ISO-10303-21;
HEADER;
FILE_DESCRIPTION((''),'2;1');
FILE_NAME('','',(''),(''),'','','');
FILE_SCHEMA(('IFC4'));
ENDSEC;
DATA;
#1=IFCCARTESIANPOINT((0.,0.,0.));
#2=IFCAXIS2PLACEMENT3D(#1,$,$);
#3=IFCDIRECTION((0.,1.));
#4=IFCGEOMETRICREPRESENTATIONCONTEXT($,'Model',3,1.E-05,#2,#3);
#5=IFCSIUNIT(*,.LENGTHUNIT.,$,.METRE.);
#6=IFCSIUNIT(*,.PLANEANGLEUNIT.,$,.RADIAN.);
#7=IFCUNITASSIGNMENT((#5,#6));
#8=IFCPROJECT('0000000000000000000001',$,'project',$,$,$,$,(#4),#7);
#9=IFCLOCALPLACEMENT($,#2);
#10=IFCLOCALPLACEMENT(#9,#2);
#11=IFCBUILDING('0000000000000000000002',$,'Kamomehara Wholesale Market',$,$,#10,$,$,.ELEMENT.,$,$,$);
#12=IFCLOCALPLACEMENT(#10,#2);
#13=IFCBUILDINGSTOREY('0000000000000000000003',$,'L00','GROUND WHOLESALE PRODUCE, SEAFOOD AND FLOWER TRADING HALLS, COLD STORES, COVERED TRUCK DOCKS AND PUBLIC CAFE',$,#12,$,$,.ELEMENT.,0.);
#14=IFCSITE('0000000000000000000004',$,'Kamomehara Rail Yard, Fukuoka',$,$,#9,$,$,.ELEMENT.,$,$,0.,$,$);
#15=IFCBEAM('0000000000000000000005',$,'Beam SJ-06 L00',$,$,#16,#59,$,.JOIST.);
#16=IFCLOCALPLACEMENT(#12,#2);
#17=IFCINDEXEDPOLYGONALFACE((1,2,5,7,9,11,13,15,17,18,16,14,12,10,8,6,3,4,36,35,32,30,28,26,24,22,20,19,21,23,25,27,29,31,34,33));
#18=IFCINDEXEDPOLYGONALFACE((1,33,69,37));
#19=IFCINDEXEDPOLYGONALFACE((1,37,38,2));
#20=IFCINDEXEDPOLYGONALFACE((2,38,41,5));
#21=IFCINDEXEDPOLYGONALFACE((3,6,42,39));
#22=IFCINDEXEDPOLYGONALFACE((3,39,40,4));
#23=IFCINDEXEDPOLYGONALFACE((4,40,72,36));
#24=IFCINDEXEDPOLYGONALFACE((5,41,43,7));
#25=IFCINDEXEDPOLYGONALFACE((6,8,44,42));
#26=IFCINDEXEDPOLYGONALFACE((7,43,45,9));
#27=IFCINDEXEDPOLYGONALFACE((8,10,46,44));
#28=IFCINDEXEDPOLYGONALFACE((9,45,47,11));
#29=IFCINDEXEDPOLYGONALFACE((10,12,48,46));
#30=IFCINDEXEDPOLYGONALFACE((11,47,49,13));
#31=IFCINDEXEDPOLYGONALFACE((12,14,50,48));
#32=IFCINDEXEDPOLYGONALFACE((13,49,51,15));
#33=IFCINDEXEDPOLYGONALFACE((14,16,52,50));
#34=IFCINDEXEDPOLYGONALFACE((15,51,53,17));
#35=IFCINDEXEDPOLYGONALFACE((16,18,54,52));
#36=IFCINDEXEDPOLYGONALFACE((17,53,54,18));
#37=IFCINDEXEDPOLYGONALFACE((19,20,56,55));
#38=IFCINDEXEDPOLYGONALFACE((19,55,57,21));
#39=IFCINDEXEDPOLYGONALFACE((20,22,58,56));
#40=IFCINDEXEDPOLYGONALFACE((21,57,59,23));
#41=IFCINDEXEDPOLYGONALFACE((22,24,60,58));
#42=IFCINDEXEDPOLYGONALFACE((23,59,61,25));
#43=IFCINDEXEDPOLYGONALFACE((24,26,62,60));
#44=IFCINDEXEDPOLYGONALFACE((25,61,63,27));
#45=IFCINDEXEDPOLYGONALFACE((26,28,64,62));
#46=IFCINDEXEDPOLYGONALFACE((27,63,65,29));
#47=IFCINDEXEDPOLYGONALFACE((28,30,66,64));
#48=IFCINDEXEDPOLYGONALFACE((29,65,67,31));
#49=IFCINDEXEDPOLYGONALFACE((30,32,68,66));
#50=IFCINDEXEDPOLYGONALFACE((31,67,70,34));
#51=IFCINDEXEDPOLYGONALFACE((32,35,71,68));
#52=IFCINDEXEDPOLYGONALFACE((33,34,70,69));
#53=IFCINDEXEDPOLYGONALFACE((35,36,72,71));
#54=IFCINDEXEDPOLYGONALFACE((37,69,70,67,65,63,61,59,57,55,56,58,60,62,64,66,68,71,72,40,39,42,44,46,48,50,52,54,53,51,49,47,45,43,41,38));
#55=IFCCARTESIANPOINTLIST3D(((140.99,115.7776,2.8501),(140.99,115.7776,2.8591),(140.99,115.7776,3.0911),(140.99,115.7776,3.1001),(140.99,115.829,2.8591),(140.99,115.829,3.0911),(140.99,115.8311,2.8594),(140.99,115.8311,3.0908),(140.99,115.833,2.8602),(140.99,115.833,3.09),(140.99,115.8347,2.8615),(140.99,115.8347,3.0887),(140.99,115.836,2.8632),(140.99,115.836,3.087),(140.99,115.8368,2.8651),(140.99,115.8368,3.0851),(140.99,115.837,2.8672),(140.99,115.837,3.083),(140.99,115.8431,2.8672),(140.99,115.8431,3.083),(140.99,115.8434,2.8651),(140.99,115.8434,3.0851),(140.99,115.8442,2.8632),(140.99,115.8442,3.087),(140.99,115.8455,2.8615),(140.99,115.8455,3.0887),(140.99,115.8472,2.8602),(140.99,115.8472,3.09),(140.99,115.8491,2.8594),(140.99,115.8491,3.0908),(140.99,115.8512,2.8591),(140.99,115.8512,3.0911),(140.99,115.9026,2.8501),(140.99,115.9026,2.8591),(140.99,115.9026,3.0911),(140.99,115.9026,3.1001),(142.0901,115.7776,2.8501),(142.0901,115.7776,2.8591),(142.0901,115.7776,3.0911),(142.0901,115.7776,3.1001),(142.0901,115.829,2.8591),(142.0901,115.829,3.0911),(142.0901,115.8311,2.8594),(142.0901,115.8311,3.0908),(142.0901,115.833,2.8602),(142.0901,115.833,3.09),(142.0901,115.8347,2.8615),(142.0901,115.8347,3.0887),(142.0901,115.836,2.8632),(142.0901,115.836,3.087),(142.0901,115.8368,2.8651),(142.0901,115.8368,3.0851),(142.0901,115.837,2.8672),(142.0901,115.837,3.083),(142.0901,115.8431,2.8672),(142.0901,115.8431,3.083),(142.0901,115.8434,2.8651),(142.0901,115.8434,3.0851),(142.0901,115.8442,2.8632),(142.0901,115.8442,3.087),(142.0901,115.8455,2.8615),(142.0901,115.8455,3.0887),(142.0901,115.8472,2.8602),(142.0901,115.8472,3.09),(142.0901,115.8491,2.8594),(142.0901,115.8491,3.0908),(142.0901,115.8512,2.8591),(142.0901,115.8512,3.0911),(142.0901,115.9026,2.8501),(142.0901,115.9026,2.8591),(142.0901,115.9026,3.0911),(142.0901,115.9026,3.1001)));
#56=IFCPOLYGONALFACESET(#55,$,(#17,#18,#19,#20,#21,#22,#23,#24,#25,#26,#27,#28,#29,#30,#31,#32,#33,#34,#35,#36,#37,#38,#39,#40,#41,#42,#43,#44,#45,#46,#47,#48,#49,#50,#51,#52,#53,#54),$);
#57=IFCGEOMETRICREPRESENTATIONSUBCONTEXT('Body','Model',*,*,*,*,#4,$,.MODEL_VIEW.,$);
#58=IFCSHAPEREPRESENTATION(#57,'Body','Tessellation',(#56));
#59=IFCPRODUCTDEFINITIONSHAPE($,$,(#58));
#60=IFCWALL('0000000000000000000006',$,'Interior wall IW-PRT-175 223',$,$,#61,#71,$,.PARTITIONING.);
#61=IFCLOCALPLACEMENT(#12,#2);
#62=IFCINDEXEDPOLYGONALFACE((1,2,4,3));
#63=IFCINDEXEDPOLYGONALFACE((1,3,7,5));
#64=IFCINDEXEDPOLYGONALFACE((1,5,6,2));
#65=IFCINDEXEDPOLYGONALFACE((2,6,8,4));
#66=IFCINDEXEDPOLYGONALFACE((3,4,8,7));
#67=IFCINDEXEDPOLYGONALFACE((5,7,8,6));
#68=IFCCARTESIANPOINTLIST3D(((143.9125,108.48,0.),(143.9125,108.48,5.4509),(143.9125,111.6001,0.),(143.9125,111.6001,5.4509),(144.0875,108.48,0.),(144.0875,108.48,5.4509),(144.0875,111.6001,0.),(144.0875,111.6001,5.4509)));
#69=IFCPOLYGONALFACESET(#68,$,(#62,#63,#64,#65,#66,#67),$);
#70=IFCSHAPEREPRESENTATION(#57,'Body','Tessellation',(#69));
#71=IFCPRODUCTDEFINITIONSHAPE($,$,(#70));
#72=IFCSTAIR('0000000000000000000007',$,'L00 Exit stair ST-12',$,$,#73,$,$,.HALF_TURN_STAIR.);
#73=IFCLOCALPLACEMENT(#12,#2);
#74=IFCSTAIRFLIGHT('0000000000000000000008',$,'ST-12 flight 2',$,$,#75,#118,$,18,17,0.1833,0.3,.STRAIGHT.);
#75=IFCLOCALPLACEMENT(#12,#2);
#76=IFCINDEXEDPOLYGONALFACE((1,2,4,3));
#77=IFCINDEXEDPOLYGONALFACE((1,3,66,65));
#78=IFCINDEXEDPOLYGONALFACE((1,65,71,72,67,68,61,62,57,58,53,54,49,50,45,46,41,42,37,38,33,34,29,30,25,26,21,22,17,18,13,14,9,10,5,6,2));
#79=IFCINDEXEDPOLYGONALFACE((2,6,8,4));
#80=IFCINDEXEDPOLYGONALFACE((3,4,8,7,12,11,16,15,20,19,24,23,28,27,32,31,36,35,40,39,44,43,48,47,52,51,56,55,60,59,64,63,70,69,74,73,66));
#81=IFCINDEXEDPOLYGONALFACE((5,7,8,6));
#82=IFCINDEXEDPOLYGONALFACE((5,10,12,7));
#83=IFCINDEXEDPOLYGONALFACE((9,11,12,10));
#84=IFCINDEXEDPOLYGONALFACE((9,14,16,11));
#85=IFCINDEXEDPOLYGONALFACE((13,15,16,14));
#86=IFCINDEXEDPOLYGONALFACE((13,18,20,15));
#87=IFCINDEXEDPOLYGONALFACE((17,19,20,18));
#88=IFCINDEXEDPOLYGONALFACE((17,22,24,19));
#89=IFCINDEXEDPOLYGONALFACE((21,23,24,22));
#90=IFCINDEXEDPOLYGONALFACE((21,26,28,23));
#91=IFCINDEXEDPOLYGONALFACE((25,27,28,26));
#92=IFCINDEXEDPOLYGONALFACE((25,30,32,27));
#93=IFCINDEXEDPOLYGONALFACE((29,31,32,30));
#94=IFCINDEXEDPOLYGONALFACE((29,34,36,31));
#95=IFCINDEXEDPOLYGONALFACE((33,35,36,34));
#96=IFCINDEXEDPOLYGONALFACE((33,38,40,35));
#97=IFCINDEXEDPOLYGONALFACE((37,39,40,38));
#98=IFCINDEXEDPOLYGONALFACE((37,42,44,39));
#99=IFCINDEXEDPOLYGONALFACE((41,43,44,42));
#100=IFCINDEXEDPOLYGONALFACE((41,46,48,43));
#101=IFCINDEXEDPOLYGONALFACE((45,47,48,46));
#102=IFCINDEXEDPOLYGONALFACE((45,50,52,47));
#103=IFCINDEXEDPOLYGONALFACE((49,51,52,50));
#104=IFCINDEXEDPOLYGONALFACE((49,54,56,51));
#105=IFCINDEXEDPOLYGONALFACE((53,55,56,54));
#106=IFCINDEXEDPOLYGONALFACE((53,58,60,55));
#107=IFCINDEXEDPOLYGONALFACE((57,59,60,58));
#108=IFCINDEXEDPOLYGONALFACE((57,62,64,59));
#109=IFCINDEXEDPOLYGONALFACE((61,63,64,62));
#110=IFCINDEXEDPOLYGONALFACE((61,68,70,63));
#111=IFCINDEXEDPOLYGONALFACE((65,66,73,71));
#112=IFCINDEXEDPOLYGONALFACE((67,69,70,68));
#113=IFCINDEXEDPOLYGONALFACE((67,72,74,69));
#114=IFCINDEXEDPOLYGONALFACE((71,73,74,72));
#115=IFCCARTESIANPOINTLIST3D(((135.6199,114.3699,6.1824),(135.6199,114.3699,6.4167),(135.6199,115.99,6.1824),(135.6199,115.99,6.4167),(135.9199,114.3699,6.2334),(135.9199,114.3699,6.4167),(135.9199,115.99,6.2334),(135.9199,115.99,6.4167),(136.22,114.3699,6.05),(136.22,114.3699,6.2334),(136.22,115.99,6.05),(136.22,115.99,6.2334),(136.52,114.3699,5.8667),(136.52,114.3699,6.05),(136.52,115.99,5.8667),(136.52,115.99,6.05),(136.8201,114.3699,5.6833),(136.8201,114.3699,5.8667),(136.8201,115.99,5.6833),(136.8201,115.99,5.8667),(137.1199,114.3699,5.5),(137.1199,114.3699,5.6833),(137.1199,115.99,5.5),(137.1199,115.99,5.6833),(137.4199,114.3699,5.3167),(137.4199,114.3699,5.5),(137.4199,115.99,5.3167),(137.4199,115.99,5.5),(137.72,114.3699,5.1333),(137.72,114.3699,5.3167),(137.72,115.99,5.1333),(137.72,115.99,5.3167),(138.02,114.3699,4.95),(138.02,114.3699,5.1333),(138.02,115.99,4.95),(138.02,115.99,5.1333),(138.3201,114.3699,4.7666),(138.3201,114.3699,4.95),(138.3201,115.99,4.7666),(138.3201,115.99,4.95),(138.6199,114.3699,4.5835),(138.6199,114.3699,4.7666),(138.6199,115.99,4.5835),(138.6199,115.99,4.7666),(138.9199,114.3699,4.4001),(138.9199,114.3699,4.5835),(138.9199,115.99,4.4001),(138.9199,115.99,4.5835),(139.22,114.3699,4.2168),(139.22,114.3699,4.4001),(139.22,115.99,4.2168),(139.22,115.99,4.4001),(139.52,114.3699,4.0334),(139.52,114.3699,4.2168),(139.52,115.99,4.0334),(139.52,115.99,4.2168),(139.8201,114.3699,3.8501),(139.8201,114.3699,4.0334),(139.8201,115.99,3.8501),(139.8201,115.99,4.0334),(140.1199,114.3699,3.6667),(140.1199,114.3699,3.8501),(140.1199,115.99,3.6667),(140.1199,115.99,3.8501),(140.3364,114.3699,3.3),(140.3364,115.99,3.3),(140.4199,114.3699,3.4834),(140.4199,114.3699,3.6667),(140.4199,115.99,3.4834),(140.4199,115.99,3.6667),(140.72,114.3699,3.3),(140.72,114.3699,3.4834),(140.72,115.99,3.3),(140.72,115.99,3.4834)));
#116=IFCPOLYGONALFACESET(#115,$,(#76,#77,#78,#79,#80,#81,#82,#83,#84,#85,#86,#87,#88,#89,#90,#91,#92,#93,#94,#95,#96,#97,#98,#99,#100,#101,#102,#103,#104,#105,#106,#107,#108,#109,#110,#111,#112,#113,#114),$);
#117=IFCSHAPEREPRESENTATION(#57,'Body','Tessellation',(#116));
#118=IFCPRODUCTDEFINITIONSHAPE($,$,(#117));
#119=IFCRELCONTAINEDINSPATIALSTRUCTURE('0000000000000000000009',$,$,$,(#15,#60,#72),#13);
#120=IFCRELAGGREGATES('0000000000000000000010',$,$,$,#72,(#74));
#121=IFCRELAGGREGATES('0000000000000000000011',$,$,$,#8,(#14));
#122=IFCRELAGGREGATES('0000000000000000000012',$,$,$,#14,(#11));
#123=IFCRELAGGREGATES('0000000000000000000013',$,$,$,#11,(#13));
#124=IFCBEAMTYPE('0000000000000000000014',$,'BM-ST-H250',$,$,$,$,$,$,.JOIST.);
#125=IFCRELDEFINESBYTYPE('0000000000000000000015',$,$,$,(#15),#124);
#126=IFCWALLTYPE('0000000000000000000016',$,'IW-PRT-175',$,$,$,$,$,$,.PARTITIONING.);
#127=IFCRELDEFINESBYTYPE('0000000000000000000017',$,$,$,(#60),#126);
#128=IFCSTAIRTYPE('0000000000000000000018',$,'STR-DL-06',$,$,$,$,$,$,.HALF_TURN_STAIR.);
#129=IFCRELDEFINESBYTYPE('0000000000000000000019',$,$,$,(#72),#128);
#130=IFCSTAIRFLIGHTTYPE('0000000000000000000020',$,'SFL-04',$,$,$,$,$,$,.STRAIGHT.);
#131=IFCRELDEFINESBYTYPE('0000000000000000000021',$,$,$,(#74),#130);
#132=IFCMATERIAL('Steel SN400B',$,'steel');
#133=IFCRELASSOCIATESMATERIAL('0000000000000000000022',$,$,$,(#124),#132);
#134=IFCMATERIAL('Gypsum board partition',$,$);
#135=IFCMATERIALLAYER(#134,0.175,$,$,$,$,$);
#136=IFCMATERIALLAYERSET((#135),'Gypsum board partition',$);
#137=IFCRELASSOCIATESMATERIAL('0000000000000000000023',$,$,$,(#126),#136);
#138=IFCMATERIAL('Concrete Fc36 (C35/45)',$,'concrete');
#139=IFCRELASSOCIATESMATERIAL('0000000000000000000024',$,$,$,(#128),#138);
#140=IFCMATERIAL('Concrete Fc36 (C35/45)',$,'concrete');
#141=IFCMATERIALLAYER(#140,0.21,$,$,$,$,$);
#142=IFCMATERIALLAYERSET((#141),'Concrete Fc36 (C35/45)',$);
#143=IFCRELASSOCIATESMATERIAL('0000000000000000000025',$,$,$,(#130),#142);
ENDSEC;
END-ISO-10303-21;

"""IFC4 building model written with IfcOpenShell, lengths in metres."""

from ifc_helpers import new_model, si_unit, direction, frame, frame_2d, origin, origin_2d, place, context, subcontext, project, spatial, polyline, rectangle, i_section, outline, extrude, material, layer, layer_set, material_profile, profile_set, type_object, element, aggregate, save


model = new_model("IFC4")

# Units and contexts
model_context = context("Model", 3, precision=1e-05, world=origin(), true_north=direction((0.0, 1.0)))
body_context = subcontext(model_context, "Body", "Model", "MODEL_VIEW")
ifc_project = project(units=[si_unit("LENGTHUNIT", "METRE"), si_unit("PLANEANGLEUNIT", "RADIAN")], contexts=[model_context])

# Site, building, storey
site_placement = place(None, origin())
site = spatial("IfcSite", under=ifc_project, at=site_placement, Name="Kamomehara Rail Yard, Fukuoka", CompositionType="ELEMENT", RefElevation=0.0)
building_placement = place(site_placement, origin())
building = spatial("IfcBuilding", under=site, at=building_placement, Name="Kamomehara Wholesale Market", CompositionType="ELEMENT")
storey_placement = place(building_placement, origin())
storey = spatial("IfcBuildingStorey", under=building, at=storey_placement, Name="L00", Description="GROUND WHOLESALE PRODUCE, SEAFOOD AND FLOWER TRADING HALLS, COLD STORES, COVERED TRUCK DOCKS AND PUBLIC CAFE", CompositionType="ELEMENT", Elevation=0.0)

# Beam
ifc_material_1 = material(Name="Steel SN400B", Category="steel")
ifc_material_profile_1 = material_profile(ifc_material_1, i_section(OverallWidth=0.125, OverallDepth=0.25, WebThickness=0.0061, FlangeThickness=0.009, FilletRadius=0.0081, at=origin_2d()), Name="H-250x125x6x9")
ifc_profile_set_1 = profile_set([ifc_material_profile_1], Name="Steel SN400B")
beam_type = type_object("IfcBeamType", Name="BM-ST-H250", PredefinedType="JOIST", material=ifc_profile_set_1)
for number, where, z_axis, x_axis, name in (
    (1, (140.99, 115.8401, 2.9751), (1.0, 0.0, 0.0), (0.0, 1.0, 0.0), "Beam SJ-06 L00"),
):
    element("IfcBeam", number, at=place(storey_placement, frame(where, z_axis=z_axis, x_axis=x_axis)), inside=storey, type_object=beam_type, Name=name, PredefinedType="JOIST", context=body_context, shape_type="SweptSolid", body=[
        extrude(i_section(OverallWidth=0.125, OverallDepth=0.25, WebThickness=0.0061, FlangeThickness=0.009, FilletRadius=0.0081, at=origin_2d()), origin(), (0.0, 0.0, 1.0), 1.1001),
    ])

# Wall
ifc_material_2 = material(Name="Gypsum board partition")
ifc_layer_1 = layer(ifc_material_2, 0.175)
ifc_layer_set_1 = layer_set([ifc_layer_1], Name="Gypsum board partition")
wall_type = type_object("IfcWallType", Name="IW-PRT-175", PredefinedType="PARTITIONING", material=ifc_layer_set_1)
wall_placement = place(storey_placement, frame((144.0, 108.48, 0.0), z_axis=(0.0, 0.0, 1.0), x_axis=(0.0, 1.0, 0.0)))
element("IfcWall", 2, at=wall_placement, inside=storey, type_object=wall_type, Name="Interior wall IW-PRT-175 223", PredefinedType="PARTITIONING", context=body_context, shape_type="SweptSolid", body=[
    extrude(rectangle(XDim=3.1201, YDim=0.175, at=frame_2d((1.5601, 0.0))), origin(), (0.0, 0.0, 1.0), 5.4509),
])

# Stair, stair flight
ifc_material_3 = material(Name="Concrete Fc36 (C35/45)", Category="concrete")
stair_type = type_object("IfcStairType", Name="STR-DL-06", PredefinedType="HALF_TURN_STAIR", material=ifc_material_3)
stair_placement = place(storey_placement, origin())
stair = element("IfcStair", 3, at=stair_placement, inside=storey, type_object=stair_type, Name="L00 Exit stair ST-12", PredefinedType="HALF_TURN_STAIR")
ifc_material_4 = material(Name="Concrete Fc36 (C35/45)", Category="concrete")
ifc_layer_2 = layer(ifc_material_4, 0.21)
ifc_layer_set_2 = layer_set([ifc_layer_2], Name="Concrete Fc36 (C35/45)")
stair_flight_type = type_object("IfcStairFlightType", Name="SFL-04", PredefinedType="STRAIGHT", material=ifc_layer_set_2)
stair_flight_placement = place(storey_placement, frame((140.72, 115.1799, 3.3), z_axis=(0.0, 0.0, 1.0), x_axis=(-1.0, 0.0, 0.0)))
stair_flight = element("IfcStairFlight", 4, at=stair_flight_placement, type_object=stair_flight_type, Name="ST-12 flight 2", NumberOfRisers=18, NumberOfTreads=17, PredefinedType="STRAIGHT", RiserHeight=0.1833, TreadLength=0.3, context=body_context, shape_type="SweptSolid", body=[
    extrude(outline(polyline([(0.0, 0.0), (0.0, 0.1833), (0.3, 0.1833), (0.3, 0.3667), (0.6001, 0.3667), (0.6001, 0.55), (0.8999, 0.55), (0.8999, 0.7334), (1.2, 0.7334), (1.2, 0.9167), (1.5, 0.9167), (1.5, 1.1001), (1.8, 1.1001), (1.8, 1.2834), (2.1001, 1.2834), (2.1001, 1.4666), (2.3999, 1.4666), (2.3999, 1.6499), (2.7, 1.6499), (2.7, 1.8333), (3.0, 1.8333), (3.0, 2.0166), (3.3, 2.0166), (3.3, 2.2), (3.6001, 2.2), (3.6001, 2.3833), (3.8999, 2.3833), (3.8999, 2.5667), (4.2, 2.5667), (4.2, 2.75), (4.5, 2.75), (4.5, 2.9333), (4.8, 2.9333), (4.8, 3.1167), (5.1001, 3.1167), (5.1001, 3.3), (5.1001, 2.8823), (0.3835, 0.0), (0.0, 0.0)])), frame((0.0, 0.8101, 0.0), z_axis=(0.0, -1.0, 0.0), x_axis=(1.0, 0.0, 0.0)), (0.0, 0.0, 1.0), 1.6201),
])
aggregate(stair, [stair_flight])

save(model, "model.ifc")
